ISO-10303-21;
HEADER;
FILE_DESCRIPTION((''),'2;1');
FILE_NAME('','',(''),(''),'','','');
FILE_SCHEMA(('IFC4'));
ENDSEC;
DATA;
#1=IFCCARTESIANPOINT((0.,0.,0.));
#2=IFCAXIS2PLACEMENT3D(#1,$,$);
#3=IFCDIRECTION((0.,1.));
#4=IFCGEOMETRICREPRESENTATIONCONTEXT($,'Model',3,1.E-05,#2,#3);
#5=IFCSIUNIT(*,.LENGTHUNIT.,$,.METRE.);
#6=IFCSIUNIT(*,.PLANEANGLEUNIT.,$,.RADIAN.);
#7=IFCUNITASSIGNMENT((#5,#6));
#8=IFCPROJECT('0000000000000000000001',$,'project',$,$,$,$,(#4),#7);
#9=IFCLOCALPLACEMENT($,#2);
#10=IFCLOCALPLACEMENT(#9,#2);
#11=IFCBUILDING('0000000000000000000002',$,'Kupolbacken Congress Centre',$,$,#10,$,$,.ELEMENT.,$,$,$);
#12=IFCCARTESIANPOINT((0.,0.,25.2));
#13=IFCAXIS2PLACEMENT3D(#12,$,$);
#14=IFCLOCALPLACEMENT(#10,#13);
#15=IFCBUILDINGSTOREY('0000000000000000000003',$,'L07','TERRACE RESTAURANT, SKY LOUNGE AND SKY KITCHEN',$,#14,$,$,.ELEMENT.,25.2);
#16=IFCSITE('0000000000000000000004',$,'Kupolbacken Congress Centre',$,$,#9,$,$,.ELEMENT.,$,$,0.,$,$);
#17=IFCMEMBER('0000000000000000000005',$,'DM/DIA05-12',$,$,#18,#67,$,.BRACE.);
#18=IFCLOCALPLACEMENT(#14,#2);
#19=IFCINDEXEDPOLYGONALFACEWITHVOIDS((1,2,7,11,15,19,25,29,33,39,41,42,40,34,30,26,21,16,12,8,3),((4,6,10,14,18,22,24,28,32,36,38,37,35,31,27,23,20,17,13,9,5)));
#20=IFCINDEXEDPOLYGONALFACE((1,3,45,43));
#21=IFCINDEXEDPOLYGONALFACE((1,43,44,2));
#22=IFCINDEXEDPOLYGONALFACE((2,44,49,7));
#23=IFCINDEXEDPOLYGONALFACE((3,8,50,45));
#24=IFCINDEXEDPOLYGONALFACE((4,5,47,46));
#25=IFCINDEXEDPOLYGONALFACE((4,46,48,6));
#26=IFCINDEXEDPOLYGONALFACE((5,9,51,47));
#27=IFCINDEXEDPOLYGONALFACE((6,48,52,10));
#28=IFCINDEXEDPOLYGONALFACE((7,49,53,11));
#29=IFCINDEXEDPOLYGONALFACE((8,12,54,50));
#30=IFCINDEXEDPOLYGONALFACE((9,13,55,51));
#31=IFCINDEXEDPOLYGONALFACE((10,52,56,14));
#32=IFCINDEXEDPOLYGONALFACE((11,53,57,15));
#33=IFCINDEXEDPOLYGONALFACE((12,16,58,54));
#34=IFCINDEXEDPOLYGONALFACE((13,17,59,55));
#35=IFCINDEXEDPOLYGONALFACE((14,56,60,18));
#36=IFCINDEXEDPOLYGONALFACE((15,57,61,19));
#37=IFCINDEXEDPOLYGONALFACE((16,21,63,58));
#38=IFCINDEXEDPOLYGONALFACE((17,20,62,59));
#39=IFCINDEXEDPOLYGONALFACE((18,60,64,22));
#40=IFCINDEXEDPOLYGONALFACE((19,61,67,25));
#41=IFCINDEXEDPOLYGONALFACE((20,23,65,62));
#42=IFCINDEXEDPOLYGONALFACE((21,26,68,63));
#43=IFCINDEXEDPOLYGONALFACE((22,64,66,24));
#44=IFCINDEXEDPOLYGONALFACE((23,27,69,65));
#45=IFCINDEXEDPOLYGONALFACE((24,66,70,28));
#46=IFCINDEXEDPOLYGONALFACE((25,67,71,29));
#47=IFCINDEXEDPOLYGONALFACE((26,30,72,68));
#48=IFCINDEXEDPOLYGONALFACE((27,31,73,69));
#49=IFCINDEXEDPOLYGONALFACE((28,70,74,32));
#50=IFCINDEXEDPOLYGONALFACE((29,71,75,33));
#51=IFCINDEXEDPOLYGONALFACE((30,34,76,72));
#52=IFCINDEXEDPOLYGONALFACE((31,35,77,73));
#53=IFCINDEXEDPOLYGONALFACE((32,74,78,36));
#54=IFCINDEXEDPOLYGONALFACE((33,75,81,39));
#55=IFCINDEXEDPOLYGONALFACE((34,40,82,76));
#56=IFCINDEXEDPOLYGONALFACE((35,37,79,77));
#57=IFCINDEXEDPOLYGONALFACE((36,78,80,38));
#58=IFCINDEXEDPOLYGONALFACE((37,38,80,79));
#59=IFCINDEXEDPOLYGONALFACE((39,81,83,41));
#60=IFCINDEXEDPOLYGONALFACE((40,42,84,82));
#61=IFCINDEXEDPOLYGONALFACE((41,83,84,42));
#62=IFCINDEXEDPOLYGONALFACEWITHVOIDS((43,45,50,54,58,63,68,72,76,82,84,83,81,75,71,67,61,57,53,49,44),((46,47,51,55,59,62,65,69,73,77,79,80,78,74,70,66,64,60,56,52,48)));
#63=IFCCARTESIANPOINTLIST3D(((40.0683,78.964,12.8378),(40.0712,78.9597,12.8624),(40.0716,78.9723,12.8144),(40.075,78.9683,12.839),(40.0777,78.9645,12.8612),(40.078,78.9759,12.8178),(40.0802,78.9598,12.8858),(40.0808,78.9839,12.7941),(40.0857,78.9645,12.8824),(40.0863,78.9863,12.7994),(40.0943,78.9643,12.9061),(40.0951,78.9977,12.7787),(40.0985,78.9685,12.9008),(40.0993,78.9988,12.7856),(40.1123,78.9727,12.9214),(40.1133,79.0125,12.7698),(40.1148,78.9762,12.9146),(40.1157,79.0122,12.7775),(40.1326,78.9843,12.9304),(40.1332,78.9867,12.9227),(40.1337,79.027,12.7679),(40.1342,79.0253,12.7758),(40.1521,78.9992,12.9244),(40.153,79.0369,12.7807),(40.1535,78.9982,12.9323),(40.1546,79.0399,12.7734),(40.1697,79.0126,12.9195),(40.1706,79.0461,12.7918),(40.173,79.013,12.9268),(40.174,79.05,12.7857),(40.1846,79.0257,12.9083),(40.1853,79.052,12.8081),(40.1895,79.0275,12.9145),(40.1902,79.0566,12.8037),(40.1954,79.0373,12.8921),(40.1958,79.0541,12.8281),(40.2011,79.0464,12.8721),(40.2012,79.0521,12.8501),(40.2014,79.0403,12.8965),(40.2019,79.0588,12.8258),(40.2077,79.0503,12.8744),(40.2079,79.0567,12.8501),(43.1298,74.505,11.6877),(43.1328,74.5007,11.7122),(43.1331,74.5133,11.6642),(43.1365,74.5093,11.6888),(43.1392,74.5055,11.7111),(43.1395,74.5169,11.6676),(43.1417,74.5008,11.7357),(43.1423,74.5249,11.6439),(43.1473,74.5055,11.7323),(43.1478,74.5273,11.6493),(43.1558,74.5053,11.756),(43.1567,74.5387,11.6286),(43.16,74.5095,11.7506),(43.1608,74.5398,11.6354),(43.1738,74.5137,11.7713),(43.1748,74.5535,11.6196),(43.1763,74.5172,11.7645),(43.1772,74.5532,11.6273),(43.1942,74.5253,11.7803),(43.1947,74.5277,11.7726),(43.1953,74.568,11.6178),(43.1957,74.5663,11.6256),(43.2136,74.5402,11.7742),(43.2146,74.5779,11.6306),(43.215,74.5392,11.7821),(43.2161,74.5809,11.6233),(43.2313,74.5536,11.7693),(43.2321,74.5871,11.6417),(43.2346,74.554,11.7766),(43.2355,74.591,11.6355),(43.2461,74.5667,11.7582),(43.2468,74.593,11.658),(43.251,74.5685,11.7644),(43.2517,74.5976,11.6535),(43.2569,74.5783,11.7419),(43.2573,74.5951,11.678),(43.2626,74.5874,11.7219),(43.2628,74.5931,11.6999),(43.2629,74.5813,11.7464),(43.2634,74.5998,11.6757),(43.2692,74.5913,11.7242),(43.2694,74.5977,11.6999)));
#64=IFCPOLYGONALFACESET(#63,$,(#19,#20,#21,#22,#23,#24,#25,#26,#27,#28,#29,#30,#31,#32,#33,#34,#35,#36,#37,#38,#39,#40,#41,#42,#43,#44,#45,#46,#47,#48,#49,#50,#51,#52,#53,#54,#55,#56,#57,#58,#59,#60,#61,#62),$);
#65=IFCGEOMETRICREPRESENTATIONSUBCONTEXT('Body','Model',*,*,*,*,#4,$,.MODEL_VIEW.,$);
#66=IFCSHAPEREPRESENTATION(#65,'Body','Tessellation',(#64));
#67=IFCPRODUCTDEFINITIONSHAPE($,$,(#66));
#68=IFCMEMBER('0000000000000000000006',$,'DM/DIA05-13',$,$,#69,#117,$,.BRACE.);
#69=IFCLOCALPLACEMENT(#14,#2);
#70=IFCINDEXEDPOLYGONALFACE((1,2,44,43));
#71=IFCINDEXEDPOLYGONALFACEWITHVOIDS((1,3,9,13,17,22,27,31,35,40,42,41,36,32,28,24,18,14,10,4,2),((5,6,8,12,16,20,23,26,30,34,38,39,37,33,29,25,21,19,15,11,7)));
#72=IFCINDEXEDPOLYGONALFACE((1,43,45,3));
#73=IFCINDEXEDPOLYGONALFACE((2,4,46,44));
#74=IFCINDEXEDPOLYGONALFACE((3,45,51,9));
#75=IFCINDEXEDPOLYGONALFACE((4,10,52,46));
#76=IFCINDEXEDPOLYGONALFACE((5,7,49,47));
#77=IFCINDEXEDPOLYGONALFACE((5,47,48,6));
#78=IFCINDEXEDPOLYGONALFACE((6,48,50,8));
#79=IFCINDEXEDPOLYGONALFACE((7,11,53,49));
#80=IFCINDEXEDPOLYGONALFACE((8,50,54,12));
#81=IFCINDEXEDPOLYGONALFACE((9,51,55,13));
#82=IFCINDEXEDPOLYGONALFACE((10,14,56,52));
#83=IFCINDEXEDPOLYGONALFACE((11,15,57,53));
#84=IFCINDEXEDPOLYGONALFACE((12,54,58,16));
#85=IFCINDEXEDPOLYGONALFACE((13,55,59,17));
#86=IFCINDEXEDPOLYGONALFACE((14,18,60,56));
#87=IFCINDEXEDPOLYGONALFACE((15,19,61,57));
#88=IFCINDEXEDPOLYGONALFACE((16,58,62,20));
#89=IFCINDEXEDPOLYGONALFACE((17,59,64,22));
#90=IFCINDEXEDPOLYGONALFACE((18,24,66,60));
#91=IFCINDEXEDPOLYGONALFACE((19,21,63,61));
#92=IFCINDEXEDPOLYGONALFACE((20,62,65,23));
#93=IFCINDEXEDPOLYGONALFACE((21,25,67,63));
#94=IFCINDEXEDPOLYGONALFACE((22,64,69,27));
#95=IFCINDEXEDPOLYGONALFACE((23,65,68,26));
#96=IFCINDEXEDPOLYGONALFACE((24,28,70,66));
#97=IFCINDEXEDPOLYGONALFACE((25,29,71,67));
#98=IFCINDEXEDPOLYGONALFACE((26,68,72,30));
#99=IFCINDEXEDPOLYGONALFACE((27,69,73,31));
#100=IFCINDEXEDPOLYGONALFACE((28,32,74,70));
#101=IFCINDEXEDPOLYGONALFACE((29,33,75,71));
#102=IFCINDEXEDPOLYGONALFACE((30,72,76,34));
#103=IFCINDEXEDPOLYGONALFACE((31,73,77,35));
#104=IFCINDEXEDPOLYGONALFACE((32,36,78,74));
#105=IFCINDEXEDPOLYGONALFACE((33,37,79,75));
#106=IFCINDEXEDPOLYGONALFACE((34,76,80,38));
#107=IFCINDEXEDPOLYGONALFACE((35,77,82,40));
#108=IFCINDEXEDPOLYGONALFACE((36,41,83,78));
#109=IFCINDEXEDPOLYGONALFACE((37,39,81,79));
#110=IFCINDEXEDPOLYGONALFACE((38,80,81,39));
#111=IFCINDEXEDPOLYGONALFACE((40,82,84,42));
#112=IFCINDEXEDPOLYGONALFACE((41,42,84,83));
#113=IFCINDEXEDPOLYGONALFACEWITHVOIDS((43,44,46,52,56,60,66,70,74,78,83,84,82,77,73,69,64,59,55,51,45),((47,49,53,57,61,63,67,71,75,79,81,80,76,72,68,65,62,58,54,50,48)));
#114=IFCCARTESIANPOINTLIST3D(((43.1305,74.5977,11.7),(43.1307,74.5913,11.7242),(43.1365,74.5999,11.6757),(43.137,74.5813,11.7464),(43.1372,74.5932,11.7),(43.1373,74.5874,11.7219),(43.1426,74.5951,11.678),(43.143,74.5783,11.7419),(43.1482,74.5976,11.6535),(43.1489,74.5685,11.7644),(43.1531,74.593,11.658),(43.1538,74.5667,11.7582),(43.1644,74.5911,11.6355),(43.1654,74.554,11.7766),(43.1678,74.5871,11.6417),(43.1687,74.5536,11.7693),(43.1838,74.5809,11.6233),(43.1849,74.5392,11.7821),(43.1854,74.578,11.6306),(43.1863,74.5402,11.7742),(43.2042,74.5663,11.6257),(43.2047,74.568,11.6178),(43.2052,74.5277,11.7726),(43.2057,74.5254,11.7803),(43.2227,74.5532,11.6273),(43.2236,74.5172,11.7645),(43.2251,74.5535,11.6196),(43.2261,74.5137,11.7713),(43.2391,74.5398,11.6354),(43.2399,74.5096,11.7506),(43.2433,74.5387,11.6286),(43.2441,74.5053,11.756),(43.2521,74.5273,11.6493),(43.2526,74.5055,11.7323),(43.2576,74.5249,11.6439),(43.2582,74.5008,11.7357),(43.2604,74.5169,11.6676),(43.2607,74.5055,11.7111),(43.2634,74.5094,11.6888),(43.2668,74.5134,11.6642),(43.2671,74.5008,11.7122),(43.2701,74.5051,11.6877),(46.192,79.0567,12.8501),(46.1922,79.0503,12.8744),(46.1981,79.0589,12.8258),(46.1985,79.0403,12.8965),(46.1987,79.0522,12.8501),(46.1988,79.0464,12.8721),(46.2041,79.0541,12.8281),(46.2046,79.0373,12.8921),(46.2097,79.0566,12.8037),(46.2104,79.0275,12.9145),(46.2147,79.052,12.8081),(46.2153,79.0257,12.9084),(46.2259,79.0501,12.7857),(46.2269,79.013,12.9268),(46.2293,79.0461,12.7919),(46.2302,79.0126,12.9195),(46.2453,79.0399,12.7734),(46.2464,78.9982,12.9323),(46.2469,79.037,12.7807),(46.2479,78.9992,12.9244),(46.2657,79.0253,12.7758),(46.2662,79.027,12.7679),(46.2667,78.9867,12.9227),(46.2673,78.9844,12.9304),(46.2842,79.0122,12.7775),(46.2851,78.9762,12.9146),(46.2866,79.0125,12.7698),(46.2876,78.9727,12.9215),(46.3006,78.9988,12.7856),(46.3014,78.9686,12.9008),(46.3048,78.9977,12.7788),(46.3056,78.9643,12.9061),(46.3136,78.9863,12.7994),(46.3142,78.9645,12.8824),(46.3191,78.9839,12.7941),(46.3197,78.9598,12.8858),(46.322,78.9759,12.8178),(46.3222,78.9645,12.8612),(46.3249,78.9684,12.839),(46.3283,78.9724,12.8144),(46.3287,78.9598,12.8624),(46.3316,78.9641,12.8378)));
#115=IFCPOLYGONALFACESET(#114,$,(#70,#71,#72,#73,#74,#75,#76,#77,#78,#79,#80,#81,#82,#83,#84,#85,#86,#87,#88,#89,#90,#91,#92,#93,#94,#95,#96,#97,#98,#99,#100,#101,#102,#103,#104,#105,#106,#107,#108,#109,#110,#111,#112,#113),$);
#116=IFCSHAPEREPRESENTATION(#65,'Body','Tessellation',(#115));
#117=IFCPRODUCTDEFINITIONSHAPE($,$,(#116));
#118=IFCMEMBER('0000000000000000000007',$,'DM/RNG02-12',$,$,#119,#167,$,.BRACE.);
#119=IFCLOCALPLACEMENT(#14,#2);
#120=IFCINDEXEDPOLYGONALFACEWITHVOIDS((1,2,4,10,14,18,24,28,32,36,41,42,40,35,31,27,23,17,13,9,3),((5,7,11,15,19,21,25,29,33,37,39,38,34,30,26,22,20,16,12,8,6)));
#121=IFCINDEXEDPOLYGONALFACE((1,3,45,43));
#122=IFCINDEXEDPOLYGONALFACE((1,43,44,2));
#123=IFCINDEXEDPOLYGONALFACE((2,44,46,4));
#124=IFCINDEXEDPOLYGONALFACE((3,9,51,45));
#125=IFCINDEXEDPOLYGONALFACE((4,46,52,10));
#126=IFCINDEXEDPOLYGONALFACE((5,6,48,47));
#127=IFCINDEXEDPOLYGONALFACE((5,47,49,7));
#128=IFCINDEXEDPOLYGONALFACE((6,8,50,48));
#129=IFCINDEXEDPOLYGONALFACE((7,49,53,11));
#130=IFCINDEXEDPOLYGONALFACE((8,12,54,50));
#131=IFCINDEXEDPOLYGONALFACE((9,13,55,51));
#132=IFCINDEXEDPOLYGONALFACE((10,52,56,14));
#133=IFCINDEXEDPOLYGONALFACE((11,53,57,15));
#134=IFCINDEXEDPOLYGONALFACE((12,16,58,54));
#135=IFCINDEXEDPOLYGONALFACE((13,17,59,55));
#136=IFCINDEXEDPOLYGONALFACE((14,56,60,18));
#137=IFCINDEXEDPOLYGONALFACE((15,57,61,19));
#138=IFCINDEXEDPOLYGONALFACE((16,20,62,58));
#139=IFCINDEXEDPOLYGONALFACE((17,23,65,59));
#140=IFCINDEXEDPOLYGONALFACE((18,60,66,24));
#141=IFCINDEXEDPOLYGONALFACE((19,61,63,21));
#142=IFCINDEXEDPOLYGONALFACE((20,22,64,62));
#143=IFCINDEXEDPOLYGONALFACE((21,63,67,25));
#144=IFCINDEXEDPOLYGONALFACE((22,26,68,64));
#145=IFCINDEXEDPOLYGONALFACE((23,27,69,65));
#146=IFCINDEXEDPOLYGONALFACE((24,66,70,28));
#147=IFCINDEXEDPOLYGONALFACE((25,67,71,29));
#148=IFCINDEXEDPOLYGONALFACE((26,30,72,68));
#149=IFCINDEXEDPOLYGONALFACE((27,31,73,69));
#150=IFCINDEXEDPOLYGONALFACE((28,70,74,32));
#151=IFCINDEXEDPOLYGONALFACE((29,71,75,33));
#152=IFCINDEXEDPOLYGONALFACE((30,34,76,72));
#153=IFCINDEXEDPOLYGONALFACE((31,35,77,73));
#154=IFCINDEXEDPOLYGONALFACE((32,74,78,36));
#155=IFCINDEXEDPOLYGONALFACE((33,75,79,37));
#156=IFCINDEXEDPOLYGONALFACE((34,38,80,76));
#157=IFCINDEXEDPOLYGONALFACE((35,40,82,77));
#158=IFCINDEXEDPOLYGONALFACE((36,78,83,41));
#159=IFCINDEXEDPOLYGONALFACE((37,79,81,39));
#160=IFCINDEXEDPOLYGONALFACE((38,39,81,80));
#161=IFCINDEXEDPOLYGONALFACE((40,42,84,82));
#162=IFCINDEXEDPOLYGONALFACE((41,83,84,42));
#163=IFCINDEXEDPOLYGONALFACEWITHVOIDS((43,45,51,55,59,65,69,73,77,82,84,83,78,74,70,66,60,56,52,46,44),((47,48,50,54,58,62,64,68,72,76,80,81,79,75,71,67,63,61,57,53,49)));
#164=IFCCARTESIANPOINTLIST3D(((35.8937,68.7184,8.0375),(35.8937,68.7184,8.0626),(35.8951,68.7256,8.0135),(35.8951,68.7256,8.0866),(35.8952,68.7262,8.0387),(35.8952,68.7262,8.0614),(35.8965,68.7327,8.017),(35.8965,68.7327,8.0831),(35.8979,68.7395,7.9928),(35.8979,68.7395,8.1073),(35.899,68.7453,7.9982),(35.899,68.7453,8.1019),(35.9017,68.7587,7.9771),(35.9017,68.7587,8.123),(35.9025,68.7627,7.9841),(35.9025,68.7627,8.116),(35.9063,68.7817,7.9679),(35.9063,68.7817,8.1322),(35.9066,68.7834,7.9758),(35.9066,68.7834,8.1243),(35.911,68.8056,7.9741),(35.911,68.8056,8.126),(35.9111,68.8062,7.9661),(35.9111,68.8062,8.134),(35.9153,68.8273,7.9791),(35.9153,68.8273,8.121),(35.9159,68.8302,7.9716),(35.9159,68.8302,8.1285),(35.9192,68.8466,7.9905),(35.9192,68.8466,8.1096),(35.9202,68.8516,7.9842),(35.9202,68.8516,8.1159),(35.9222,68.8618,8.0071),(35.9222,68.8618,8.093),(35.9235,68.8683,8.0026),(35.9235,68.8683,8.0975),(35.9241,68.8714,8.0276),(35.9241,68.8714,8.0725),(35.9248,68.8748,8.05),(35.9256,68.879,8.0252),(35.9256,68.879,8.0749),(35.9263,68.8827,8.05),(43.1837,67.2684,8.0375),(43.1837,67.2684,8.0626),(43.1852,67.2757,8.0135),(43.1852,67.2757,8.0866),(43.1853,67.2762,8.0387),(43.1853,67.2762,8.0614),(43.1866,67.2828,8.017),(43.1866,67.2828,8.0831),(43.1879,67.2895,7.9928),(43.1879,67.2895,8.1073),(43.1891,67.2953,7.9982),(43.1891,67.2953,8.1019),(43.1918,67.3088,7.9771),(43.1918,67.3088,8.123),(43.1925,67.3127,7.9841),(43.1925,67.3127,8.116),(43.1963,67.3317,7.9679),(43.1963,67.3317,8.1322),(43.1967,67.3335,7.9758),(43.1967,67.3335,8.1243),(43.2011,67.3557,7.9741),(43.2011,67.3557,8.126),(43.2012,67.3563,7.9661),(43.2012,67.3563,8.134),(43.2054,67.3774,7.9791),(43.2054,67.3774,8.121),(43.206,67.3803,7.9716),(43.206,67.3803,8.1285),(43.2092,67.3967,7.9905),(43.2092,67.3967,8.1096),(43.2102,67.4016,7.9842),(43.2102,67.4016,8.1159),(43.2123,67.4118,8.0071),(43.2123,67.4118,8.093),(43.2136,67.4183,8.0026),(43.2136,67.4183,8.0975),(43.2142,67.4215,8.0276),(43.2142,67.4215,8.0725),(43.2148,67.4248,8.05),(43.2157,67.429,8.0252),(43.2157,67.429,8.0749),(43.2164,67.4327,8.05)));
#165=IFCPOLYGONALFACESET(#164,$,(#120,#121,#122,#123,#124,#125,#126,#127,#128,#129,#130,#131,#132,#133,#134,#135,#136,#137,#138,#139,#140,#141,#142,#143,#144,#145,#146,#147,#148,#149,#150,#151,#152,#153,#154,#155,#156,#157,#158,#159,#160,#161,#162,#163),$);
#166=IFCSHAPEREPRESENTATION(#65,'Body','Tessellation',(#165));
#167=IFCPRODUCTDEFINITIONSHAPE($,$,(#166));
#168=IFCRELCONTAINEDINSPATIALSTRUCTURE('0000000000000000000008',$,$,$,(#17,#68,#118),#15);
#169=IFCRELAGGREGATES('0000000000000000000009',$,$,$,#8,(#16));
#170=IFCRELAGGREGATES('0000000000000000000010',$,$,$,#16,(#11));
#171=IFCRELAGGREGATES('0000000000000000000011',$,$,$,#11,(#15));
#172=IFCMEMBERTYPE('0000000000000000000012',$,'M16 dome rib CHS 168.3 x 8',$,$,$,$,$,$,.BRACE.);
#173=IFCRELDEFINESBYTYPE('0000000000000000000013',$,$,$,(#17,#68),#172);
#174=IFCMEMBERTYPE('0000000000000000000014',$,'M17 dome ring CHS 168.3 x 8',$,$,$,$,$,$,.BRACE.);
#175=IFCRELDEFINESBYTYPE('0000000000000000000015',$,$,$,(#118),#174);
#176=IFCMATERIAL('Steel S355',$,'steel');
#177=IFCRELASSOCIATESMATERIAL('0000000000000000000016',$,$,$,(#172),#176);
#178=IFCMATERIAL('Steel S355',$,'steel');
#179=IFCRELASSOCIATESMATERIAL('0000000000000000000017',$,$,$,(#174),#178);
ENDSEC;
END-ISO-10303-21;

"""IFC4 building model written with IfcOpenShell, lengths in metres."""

from ifc_helpers import new_model, si_unit, direction, frame, origin, origin_2d, place, context, subcontext, project, spatial, hollow_circle, extrude, material, material_profile, profile_set, type_object, element, save


model = new_model("IFC4")

# Units and contexts
model_context = context("Model", 3, precision=1e-05, world=origin(), true_north=direction((0.0, 1.0)))
body_context = subcontext(model_context, "Body", "Model", "MODEL_VIEW")
ifc_project = project(units=[si_unit("LENGTHUNIT", "METRE"), si_unit("PLANEANGLEUNIT", "RADIAN")], contexts=[model_context])

# Site, building, storey
site_placement = place(None, origin())
site = spatial("IfcSite", under=ifc_project, at=site_placement, Name="Kupolbacken Congress Centre", CompositionType="ELEMENT", RefElevation=0.0)
building_placement = place(site_placement, origin())
building = spatial("IfcBuilding", under=site, at=building_placement, Name="Kupolbacken Congress Centre", CompositionType="ELEMENT")
storey_placement = place(building_placement, frame((0.0, 0.0, 25.2)))
storey = spatial("IfcBuildingStorey", under=building, at=storey_placement, Name="L07", Description="TERRACE RESTAURANT, SKY LOUNGE AND SKY KITCHEN", CompositionType="ELEMENT", Elevation=25.2)

# Members
ifc_material_1 = material(Name="Steel S355", Category="steel")
ifc_material_profile_1 = material_profile(ifc_material_1, hollow_circle(Radius=0.0842, WallThickness=0.0081, at=origin_2d()), Name="CHS 168.3 x 8")
ifc_profile_set_1 = profile_set([ifc_material_profile_1], Name="Steel S355")
member_type_1 = type_object("IfcMemberType", Name="M16 dome rib CHS 168.3 x 8", PredefinedType="BRACE", material=ifc_profile_set_1)
for number, where, z_axis, x_axis, name in (
    (1, (40.1384, 79.009, 12.8501), (0.553644, -0.806361, -0.207992), (0.824389, 0.566023, 0.0), "DM/DIA05-12"),
    (2, (43.2, 74.55, 11.7), (0.553644, 0.806361, 0.207992), (-0.824389, 0.566023, 0.0), "DM/DIA05-13"),
):
    element("IfcMember", number, at=place(storey_placement, frame(where, z_axis=z_axis, x_axis=x_axis)), inside=storey, type_object=member_type_1, Name=name, PredefinedType="BRACE", context=body_context, shape_type="SweptSolid", body=[
        extrude(hollow_circle(Radius=0.0842, WallThickness=0.0081, at=origin_2d()), origin(), (0.0, 0.0, 1.0), 5.5298),
    ])
ifc_material_2 = material(Name="Steel S355", Category="steel")
ifc_material_profile_2 = material_profile(ifc_material_2, hollow_circle(Radius=0.0842, WallThickness=0.0081, at=origin_2d()), Name="CHS 168.3 x 8")
ifc_profile_set_2 = profile_set([ifc_material_profile_2], Name="Steel S355")
member_type_2 = type_object("IfcMemberType", Name="M17 dome ring CHS 168.3 x 8", PredefinedType="BRACE", material=ifc_profile_set_2)
member_1_placement = place(storey_placement, frame((35.9099, 68.8, 8.05), z_axis=(0.980789, -0.195074, 0.0), x_axis=(0.195074, 0.980789, 0.0)))
element("IfcMember", 3, at=member_1_placement, inside=storey, type_object=member_type_2, Name="DM/RNG02-12", PredefinedType="BRACE", context=body_context, shape_type="SweptSolid", body=[
    extrude(hollow_circle(Radius=0.0842, WallThickness=0.0081, at=origin_2d()), origin(), (0.0, 0.0, 1.0), 7.4329),
])

save(model, "model.ifc")
